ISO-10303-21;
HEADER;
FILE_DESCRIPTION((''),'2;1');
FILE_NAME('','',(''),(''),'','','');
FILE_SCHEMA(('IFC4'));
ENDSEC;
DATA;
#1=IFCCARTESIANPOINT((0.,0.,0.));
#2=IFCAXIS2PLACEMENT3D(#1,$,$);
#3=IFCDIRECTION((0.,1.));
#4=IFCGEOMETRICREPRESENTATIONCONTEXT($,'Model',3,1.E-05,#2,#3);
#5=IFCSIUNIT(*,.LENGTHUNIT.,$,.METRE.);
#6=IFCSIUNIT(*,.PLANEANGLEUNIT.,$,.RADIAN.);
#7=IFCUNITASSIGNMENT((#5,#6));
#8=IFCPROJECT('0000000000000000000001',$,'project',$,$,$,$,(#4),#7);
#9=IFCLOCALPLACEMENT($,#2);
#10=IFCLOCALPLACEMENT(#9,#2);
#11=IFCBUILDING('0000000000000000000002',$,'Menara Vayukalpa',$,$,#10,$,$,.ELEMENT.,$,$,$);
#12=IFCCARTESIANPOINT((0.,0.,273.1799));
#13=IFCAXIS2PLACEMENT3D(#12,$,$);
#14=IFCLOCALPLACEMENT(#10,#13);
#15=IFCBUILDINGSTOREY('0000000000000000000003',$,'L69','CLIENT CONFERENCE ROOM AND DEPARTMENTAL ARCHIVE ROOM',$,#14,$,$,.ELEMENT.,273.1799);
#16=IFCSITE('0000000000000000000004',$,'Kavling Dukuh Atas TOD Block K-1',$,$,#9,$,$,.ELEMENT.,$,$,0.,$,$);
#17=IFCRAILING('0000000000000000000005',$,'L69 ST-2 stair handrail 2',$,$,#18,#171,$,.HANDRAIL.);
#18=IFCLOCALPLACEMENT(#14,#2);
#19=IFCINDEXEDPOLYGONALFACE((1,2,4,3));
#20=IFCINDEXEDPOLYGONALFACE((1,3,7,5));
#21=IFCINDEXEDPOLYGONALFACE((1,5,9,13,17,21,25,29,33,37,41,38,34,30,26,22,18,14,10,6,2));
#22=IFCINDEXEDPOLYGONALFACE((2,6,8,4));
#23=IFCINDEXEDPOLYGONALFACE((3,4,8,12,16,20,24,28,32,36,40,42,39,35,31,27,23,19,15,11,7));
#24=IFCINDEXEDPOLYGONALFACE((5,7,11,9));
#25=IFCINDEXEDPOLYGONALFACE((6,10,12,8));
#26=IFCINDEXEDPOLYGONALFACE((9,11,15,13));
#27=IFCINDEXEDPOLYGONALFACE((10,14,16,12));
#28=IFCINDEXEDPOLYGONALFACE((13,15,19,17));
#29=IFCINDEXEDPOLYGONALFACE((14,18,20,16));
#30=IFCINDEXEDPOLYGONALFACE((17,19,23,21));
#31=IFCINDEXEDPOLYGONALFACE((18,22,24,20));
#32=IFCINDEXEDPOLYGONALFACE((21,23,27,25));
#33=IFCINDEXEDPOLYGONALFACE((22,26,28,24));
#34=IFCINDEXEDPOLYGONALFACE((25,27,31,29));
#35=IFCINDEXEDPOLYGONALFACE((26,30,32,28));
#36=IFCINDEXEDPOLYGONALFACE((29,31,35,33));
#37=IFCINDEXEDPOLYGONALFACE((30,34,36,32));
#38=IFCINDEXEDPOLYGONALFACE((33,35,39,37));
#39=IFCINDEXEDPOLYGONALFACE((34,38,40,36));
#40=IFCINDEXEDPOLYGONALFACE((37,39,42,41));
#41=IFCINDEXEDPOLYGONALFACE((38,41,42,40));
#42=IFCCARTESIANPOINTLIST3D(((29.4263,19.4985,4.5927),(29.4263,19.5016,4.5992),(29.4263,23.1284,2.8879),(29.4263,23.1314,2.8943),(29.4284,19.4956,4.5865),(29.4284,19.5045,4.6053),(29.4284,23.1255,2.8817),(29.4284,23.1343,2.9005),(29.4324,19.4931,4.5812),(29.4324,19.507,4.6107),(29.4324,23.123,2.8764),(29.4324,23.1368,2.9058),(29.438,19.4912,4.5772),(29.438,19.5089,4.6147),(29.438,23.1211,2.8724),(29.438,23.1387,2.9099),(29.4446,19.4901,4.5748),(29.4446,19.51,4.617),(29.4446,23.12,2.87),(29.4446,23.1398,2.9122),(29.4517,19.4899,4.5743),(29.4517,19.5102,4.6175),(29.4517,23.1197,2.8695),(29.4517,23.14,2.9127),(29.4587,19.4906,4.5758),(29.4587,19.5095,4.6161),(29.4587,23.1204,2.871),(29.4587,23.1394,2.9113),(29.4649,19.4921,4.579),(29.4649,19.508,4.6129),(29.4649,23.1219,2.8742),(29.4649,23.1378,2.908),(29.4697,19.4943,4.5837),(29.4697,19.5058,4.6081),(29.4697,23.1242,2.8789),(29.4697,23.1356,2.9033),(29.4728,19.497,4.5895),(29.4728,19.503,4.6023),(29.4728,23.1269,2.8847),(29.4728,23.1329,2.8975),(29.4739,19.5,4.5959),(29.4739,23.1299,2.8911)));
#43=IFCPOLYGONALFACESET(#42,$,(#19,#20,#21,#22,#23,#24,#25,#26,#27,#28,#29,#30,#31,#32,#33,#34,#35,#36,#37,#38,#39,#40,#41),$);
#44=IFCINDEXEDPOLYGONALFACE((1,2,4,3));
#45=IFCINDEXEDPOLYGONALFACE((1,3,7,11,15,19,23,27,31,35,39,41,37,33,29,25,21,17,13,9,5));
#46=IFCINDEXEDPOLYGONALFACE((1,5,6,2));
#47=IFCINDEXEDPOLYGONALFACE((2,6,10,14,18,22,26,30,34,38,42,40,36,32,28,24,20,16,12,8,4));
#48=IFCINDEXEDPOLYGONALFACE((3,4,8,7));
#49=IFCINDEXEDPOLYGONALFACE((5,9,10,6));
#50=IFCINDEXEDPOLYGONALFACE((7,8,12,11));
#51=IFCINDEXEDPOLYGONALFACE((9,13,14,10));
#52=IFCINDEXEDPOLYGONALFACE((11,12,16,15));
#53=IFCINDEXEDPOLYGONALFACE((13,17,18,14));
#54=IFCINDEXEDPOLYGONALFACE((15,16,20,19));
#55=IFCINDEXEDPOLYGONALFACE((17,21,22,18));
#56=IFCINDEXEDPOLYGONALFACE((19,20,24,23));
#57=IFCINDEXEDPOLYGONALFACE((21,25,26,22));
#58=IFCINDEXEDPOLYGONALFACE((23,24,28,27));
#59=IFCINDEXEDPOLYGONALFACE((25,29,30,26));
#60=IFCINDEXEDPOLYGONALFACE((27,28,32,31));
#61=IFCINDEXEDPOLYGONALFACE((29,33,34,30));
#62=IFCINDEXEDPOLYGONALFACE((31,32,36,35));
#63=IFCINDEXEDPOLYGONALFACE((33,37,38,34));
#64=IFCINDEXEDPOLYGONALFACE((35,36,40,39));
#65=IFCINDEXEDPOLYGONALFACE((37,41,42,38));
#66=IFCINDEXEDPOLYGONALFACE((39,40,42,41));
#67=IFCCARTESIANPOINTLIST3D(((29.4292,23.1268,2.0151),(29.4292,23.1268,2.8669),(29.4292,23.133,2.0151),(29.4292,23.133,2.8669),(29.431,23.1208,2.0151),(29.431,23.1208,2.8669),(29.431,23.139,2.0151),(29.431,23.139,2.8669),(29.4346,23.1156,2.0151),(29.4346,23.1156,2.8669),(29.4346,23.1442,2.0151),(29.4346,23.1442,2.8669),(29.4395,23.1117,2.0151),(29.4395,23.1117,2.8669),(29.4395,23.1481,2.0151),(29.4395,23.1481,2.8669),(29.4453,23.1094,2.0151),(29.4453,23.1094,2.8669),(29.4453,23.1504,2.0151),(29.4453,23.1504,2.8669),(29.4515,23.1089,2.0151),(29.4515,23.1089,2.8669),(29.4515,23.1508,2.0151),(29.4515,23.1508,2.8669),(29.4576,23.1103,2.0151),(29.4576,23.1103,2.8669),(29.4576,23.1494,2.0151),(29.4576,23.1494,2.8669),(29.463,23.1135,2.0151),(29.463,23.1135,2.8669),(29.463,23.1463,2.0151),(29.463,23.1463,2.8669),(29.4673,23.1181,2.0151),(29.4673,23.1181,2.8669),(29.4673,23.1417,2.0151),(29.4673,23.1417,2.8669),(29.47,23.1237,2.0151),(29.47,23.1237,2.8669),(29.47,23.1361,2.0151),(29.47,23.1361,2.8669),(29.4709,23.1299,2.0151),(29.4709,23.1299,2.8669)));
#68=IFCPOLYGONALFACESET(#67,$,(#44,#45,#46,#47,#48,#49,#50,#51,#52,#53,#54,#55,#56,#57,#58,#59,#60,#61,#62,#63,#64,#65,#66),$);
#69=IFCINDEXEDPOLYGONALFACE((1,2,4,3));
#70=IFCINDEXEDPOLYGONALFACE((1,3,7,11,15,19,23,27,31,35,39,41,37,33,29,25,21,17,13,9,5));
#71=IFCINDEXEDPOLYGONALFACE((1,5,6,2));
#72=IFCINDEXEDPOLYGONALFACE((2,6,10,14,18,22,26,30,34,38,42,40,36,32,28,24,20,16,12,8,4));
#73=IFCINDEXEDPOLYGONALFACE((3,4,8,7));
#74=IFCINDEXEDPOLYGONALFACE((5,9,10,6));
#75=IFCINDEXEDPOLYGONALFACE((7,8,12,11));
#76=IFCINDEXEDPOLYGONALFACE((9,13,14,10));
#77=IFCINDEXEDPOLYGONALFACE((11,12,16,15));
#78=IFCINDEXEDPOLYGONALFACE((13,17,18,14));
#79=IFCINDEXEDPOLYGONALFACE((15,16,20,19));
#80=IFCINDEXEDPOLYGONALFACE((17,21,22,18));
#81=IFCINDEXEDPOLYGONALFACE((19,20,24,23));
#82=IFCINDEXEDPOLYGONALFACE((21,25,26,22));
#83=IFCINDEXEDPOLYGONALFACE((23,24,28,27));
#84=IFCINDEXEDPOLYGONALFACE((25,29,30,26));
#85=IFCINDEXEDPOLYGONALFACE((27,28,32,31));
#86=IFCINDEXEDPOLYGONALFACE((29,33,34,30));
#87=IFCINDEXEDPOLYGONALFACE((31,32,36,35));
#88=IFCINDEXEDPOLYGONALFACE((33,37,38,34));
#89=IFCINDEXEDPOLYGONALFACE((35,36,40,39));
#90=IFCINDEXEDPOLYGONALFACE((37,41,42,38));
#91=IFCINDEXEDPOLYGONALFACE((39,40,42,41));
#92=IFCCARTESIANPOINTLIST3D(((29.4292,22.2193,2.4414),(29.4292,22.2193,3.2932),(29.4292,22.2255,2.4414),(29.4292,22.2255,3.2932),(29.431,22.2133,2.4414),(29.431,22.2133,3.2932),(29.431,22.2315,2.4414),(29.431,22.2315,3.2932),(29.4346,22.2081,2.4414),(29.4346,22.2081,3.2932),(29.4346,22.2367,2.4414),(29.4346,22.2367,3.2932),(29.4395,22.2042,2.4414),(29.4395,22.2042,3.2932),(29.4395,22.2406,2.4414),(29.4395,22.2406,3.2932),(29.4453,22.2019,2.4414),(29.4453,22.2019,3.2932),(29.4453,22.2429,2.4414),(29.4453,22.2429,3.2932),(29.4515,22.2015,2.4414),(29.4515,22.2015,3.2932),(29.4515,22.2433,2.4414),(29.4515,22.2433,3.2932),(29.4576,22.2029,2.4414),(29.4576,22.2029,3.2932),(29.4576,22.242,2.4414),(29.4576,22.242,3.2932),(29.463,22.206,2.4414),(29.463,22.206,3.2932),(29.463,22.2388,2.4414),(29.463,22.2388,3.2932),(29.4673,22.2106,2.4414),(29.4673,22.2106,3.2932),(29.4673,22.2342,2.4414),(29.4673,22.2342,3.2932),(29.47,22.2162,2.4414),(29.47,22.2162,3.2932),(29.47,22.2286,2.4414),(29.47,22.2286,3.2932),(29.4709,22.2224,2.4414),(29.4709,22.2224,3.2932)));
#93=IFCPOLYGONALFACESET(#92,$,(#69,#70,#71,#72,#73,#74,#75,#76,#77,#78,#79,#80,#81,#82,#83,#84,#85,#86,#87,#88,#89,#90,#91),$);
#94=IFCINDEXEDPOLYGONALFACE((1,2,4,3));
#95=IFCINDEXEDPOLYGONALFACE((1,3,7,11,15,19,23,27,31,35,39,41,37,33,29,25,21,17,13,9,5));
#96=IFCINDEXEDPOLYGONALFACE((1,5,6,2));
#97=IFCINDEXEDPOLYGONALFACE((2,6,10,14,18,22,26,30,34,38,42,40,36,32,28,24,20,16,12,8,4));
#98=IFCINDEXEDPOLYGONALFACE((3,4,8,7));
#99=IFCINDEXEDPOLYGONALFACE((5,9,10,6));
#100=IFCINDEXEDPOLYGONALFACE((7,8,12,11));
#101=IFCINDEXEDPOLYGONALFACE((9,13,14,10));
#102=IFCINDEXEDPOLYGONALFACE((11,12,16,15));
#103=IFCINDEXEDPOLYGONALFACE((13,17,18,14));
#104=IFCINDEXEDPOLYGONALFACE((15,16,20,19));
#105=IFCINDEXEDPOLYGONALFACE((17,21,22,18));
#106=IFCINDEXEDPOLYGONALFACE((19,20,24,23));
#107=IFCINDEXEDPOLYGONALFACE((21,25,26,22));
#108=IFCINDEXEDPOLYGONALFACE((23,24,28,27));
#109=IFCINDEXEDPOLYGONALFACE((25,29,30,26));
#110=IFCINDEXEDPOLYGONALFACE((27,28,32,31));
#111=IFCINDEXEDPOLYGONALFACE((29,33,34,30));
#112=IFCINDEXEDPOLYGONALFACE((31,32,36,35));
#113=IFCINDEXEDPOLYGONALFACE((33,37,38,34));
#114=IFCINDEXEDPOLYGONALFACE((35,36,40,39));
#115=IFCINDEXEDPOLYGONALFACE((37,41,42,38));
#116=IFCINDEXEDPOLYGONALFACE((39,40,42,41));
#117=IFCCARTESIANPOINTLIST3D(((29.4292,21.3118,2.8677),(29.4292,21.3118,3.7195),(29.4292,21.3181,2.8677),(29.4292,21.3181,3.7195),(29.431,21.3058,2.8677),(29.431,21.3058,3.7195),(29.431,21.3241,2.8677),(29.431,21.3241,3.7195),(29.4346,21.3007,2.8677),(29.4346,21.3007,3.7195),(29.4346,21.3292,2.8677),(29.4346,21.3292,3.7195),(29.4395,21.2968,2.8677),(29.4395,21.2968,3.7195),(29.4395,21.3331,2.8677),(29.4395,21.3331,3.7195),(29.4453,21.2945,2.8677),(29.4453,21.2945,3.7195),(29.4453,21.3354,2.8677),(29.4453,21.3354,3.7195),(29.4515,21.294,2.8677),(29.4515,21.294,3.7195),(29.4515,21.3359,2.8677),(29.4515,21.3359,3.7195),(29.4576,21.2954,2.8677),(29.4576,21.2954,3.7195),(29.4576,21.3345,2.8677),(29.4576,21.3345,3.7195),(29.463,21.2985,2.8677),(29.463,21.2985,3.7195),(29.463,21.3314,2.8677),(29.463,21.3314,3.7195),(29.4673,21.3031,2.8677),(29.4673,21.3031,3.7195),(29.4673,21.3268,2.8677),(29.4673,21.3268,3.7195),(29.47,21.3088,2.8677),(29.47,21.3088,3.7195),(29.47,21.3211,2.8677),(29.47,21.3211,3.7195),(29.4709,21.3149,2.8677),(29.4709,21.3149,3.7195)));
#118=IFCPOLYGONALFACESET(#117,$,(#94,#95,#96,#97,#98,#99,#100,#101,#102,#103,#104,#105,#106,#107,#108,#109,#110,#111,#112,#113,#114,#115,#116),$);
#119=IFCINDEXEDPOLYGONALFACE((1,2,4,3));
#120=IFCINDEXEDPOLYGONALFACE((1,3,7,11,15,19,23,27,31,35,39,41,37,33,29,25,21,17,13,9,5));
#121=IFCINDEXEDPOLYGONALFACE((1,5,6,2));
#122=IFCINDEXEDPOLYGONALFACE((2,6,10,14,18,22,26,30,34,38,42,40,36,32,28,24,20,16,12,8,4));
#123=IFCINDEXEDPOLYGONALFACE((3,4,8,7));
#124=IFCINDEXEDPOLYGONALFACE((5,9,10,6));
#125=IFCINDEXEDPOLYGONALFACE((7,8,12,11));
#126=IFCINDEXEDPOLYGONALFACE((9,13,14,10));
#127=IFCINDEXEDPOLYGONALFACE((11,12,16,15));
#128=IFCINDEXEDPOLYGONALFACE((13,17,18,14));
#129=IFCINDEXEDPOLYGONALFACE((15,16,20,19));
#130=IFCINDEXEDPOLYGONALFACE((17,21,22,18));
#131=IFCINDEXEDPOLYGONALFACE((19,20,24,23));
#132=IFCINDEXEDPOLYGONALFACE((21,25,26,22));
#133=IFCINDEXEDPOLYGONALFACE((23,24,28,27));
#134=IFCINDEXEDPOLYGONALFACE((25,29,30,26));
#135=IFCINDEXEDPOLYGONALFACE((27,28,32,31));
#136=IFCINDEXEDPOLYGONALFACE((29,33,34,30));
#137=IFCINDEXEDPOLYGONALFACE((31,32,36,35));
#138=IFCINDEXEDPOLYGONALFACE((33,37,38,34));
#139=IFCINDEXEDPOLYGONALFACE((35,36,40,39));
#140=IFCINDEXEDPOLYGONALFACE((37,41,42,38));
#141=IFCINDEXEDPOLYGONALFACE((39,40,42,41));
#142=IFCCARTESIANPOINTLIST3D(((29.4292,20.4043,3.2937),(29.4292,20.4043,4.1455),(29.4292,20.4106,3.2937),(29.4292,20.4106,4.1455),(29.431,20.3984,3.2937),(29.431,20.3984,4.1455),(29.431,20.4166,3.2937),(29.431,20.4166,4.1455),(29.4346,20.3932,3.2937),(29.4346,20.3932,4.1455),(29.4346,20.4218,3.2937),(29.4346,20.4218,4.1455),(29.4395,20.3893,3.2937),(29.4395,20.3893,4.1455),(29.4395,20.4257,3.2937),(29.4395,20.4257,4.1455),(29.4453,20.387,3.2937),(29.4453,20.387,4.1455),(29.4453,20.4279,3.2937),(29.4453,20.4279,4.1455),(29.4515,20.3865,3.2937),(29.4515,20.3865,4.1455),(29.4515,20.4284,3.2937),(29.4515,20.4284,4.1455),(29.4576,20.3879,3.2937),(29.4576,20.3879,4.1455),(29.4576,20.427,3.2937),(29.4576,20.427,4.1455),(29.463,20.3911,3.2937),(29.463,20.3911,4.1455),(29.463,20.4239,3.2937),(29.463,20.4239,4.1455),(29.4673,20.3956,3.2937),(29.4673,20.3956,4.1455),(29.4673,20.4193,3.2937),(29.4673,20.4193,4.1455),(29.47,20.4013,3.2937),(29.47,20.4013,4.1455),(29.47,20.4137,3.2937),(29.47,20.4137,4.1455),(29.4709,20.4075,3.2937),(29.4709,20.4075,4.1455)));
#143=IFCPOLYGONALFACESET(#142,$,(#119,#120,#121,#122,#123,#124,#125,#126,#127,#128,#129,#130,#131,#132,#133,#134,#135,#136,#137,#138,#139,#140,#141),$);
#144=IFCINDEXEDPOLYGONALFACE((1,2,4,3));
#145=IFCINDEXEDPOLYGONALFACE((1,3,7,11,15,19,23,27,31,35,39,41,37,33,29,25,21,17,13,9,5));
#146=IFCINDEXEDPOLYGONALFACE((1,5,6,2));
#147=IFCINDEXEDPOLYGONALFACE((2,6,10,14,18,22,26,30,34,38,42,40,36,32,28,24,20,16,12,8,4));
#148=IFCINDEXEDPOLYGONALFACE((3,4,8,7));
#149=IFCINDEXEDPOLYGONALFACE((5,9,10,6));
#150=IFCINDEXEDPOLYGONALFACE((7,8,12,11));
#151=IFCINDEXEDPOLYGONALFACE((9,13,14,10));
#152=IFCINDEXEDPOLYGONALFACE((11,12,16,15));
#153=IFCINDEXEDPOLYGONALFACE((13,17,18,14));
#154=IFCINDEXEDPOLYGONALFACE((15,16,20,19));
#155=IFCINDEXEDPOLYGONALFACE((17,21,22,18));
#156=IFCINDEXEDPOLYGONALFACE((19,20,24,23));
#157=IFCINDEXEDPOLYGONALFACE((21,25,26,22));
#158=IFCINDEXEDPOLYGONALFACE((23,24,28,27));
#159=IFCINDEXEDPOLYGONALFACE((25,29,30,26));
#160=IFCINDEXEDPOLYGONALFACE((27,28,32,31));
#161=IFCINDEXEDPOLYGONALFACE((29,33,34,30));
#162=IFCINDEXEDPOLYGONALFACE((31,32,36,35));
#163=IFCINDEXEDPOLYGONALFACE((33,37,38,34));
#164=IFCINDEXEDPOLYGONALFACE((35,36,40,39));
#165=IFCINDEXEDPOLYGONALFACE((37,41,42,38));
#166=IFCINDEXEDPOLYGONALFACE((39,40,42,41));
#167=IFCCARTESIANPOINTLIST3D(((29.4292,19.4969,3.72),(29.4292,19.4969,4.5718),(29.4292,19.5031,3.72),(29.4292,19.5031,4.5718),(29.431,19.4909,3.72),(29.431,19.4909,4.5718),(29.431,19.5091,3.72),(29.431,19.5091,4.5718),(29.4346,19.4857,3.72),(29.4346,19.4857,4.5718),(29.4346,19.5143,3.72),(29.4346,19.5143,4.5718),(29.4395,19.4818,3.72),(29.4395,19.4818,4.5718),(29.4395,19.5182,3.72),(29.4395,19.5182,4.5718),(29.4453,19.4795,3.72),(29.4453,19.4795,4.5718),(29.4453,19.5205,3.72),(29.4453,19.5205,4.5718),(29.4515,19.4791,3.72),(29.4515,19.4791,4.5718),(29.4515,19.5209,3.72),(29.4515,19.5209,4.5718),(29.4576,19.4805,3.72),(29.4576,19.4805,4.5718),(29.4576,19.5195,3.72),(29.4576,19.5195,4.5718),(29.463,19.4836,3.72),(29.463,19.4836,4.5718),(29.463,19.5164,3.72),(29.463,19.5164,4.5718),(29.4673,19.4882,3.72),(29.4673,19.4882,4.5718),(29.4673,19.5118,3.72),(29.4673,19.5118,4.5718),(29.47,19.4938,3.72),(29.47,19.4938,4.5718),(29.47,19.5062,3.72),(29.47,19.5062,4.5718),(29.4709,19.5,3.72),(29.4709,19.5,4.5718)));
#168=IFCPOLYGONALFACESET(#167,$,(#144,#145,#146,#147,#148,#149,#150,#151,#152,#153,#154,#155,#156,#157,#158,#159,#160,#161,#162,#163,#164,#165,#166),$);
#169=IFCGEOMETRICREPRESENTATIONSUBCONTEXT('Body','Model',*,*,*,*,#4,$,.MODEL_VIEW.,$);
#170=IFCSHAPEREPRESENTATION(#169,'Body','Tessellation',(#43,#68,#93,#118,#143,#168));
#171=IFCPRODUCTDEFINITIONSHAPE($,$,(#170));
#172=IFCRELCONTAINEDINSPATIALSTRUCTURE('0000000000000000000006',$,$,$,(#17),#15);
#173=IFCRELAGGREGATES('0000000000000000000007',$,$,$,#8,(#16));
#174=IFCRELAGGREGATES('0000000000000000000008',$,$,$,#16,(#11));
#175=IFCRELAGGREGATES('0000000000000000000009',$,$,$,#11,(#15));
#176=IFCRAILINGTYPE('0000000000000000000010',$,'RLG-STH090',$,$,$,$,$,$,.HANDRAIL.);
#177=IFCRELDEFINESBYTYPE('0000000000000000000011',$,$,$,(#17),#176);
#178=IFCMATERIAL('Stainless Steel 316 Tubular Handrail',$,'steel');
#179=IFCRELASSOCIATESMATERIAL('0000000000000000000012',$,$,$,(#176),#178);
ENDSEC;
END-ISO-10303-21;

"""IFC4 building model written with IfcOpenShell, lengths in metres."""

from ifc_helpers import new_model, si_unit, direction, frame, origin, origin_2d, place, context, subcontext, project, spatial, circle, extrude, material, type_object, element, save


model = new_model("IFC4")

# Units and contexts
model_context = context("Model", 3, precision=1e-05, world=origin(), true_north=direction((0.0, 1.0)))
body_context = subcontext(model_context, "Body", "Model", "MODEL_VIEW")
ifc_project = project(units=[si_unit("LENGTHUNIT", "METRE"), si_unit("PLANEANGLEUNIT", "RADIAN")], contexts=[model_context])

# Site, building, storey
site_placement = place(None, origin())
site = spatial("IfcSite", under=ifc_project, at=site_placement, Name="Kavling Dukuh Atas TOD Block K-1", CompositionType="ELEMENT", RefElevation=0.0)
building_placement = place(site_placement, origin())
building = spatial("IfcBuilding", under=site, at=building_placement, Name="Menara Vayukalpa", CompositionType="ELEMENT")
storey_placement = place(building_placement, frame((0.0, 0.0, 273.1799)))
storey = spatial("IfcBuildingStorey", under=building, at=storey_placement, Name="L69", Description="CLIENT CONFERENCE ROOM AND DEPARTMENTAL ARCHIVE ROOM", CompositionType="ELEMENT", Elevation=273.1799)

# Railing
ifc_material_1 = material(Name="Stainless Steel 316 Tubular Handrail", Category="steel")
railing_type_1 = type_object("IfcRailingType", Name="RLG-STH090", PredefinedType="HANDRAIL", material=ifc_material_1)
railing_1_placement = place(storey_placement, frame((29.45, 23.1299, 2.0151)))
element("IfcRailing", 1, at=railing_1_placement, inside=storey, type_object=railing_type_1, Name="L69 ST-2 stair handrail 2", PredefinedType="HANDRAIL", context=body_context, shape_type="SweptSolid", body=[
    extrude(circle(Radius=0.0239, at=origin_2d()), frame((0.0, 0.0, 0.876), z_axis=(0.0, -0.90514, 0.425114), x_axis=(1.0, 0.0, 0.0)), (0.0, 0.0, 1.0), 4.0103),
    extrude(circle(Radius=0.021, at=origin_2d()), origin(), (0.0, 0.0, 1.0), 0.8518),
    extrude(circle(Radius=0.021, at=origin_2d()), frame((0.0, -0.9075, 0.4263)), (0.0, 0.0, 1.0), 0.8518),
    extrude(circle(Radius=0.021, at=origin_2d()), frame((0.0, -1.8149, 0.8525)), (0.0, 0.0, 1.0), 0.8518),
    extrude(circle(Radius=0.021, at=origin_2d()), frame((0.0, -2.7224, 1.2786)), (0.0, 0.0, 1.0), 0.8518),
    extrude(circle(Radius=0.021, at=origin_2d()), frame((0.0, -3.6299, 1.7048)), (0.0, 0.0, 1.0), 0.8518),
])

save(model, "model.ifc")
